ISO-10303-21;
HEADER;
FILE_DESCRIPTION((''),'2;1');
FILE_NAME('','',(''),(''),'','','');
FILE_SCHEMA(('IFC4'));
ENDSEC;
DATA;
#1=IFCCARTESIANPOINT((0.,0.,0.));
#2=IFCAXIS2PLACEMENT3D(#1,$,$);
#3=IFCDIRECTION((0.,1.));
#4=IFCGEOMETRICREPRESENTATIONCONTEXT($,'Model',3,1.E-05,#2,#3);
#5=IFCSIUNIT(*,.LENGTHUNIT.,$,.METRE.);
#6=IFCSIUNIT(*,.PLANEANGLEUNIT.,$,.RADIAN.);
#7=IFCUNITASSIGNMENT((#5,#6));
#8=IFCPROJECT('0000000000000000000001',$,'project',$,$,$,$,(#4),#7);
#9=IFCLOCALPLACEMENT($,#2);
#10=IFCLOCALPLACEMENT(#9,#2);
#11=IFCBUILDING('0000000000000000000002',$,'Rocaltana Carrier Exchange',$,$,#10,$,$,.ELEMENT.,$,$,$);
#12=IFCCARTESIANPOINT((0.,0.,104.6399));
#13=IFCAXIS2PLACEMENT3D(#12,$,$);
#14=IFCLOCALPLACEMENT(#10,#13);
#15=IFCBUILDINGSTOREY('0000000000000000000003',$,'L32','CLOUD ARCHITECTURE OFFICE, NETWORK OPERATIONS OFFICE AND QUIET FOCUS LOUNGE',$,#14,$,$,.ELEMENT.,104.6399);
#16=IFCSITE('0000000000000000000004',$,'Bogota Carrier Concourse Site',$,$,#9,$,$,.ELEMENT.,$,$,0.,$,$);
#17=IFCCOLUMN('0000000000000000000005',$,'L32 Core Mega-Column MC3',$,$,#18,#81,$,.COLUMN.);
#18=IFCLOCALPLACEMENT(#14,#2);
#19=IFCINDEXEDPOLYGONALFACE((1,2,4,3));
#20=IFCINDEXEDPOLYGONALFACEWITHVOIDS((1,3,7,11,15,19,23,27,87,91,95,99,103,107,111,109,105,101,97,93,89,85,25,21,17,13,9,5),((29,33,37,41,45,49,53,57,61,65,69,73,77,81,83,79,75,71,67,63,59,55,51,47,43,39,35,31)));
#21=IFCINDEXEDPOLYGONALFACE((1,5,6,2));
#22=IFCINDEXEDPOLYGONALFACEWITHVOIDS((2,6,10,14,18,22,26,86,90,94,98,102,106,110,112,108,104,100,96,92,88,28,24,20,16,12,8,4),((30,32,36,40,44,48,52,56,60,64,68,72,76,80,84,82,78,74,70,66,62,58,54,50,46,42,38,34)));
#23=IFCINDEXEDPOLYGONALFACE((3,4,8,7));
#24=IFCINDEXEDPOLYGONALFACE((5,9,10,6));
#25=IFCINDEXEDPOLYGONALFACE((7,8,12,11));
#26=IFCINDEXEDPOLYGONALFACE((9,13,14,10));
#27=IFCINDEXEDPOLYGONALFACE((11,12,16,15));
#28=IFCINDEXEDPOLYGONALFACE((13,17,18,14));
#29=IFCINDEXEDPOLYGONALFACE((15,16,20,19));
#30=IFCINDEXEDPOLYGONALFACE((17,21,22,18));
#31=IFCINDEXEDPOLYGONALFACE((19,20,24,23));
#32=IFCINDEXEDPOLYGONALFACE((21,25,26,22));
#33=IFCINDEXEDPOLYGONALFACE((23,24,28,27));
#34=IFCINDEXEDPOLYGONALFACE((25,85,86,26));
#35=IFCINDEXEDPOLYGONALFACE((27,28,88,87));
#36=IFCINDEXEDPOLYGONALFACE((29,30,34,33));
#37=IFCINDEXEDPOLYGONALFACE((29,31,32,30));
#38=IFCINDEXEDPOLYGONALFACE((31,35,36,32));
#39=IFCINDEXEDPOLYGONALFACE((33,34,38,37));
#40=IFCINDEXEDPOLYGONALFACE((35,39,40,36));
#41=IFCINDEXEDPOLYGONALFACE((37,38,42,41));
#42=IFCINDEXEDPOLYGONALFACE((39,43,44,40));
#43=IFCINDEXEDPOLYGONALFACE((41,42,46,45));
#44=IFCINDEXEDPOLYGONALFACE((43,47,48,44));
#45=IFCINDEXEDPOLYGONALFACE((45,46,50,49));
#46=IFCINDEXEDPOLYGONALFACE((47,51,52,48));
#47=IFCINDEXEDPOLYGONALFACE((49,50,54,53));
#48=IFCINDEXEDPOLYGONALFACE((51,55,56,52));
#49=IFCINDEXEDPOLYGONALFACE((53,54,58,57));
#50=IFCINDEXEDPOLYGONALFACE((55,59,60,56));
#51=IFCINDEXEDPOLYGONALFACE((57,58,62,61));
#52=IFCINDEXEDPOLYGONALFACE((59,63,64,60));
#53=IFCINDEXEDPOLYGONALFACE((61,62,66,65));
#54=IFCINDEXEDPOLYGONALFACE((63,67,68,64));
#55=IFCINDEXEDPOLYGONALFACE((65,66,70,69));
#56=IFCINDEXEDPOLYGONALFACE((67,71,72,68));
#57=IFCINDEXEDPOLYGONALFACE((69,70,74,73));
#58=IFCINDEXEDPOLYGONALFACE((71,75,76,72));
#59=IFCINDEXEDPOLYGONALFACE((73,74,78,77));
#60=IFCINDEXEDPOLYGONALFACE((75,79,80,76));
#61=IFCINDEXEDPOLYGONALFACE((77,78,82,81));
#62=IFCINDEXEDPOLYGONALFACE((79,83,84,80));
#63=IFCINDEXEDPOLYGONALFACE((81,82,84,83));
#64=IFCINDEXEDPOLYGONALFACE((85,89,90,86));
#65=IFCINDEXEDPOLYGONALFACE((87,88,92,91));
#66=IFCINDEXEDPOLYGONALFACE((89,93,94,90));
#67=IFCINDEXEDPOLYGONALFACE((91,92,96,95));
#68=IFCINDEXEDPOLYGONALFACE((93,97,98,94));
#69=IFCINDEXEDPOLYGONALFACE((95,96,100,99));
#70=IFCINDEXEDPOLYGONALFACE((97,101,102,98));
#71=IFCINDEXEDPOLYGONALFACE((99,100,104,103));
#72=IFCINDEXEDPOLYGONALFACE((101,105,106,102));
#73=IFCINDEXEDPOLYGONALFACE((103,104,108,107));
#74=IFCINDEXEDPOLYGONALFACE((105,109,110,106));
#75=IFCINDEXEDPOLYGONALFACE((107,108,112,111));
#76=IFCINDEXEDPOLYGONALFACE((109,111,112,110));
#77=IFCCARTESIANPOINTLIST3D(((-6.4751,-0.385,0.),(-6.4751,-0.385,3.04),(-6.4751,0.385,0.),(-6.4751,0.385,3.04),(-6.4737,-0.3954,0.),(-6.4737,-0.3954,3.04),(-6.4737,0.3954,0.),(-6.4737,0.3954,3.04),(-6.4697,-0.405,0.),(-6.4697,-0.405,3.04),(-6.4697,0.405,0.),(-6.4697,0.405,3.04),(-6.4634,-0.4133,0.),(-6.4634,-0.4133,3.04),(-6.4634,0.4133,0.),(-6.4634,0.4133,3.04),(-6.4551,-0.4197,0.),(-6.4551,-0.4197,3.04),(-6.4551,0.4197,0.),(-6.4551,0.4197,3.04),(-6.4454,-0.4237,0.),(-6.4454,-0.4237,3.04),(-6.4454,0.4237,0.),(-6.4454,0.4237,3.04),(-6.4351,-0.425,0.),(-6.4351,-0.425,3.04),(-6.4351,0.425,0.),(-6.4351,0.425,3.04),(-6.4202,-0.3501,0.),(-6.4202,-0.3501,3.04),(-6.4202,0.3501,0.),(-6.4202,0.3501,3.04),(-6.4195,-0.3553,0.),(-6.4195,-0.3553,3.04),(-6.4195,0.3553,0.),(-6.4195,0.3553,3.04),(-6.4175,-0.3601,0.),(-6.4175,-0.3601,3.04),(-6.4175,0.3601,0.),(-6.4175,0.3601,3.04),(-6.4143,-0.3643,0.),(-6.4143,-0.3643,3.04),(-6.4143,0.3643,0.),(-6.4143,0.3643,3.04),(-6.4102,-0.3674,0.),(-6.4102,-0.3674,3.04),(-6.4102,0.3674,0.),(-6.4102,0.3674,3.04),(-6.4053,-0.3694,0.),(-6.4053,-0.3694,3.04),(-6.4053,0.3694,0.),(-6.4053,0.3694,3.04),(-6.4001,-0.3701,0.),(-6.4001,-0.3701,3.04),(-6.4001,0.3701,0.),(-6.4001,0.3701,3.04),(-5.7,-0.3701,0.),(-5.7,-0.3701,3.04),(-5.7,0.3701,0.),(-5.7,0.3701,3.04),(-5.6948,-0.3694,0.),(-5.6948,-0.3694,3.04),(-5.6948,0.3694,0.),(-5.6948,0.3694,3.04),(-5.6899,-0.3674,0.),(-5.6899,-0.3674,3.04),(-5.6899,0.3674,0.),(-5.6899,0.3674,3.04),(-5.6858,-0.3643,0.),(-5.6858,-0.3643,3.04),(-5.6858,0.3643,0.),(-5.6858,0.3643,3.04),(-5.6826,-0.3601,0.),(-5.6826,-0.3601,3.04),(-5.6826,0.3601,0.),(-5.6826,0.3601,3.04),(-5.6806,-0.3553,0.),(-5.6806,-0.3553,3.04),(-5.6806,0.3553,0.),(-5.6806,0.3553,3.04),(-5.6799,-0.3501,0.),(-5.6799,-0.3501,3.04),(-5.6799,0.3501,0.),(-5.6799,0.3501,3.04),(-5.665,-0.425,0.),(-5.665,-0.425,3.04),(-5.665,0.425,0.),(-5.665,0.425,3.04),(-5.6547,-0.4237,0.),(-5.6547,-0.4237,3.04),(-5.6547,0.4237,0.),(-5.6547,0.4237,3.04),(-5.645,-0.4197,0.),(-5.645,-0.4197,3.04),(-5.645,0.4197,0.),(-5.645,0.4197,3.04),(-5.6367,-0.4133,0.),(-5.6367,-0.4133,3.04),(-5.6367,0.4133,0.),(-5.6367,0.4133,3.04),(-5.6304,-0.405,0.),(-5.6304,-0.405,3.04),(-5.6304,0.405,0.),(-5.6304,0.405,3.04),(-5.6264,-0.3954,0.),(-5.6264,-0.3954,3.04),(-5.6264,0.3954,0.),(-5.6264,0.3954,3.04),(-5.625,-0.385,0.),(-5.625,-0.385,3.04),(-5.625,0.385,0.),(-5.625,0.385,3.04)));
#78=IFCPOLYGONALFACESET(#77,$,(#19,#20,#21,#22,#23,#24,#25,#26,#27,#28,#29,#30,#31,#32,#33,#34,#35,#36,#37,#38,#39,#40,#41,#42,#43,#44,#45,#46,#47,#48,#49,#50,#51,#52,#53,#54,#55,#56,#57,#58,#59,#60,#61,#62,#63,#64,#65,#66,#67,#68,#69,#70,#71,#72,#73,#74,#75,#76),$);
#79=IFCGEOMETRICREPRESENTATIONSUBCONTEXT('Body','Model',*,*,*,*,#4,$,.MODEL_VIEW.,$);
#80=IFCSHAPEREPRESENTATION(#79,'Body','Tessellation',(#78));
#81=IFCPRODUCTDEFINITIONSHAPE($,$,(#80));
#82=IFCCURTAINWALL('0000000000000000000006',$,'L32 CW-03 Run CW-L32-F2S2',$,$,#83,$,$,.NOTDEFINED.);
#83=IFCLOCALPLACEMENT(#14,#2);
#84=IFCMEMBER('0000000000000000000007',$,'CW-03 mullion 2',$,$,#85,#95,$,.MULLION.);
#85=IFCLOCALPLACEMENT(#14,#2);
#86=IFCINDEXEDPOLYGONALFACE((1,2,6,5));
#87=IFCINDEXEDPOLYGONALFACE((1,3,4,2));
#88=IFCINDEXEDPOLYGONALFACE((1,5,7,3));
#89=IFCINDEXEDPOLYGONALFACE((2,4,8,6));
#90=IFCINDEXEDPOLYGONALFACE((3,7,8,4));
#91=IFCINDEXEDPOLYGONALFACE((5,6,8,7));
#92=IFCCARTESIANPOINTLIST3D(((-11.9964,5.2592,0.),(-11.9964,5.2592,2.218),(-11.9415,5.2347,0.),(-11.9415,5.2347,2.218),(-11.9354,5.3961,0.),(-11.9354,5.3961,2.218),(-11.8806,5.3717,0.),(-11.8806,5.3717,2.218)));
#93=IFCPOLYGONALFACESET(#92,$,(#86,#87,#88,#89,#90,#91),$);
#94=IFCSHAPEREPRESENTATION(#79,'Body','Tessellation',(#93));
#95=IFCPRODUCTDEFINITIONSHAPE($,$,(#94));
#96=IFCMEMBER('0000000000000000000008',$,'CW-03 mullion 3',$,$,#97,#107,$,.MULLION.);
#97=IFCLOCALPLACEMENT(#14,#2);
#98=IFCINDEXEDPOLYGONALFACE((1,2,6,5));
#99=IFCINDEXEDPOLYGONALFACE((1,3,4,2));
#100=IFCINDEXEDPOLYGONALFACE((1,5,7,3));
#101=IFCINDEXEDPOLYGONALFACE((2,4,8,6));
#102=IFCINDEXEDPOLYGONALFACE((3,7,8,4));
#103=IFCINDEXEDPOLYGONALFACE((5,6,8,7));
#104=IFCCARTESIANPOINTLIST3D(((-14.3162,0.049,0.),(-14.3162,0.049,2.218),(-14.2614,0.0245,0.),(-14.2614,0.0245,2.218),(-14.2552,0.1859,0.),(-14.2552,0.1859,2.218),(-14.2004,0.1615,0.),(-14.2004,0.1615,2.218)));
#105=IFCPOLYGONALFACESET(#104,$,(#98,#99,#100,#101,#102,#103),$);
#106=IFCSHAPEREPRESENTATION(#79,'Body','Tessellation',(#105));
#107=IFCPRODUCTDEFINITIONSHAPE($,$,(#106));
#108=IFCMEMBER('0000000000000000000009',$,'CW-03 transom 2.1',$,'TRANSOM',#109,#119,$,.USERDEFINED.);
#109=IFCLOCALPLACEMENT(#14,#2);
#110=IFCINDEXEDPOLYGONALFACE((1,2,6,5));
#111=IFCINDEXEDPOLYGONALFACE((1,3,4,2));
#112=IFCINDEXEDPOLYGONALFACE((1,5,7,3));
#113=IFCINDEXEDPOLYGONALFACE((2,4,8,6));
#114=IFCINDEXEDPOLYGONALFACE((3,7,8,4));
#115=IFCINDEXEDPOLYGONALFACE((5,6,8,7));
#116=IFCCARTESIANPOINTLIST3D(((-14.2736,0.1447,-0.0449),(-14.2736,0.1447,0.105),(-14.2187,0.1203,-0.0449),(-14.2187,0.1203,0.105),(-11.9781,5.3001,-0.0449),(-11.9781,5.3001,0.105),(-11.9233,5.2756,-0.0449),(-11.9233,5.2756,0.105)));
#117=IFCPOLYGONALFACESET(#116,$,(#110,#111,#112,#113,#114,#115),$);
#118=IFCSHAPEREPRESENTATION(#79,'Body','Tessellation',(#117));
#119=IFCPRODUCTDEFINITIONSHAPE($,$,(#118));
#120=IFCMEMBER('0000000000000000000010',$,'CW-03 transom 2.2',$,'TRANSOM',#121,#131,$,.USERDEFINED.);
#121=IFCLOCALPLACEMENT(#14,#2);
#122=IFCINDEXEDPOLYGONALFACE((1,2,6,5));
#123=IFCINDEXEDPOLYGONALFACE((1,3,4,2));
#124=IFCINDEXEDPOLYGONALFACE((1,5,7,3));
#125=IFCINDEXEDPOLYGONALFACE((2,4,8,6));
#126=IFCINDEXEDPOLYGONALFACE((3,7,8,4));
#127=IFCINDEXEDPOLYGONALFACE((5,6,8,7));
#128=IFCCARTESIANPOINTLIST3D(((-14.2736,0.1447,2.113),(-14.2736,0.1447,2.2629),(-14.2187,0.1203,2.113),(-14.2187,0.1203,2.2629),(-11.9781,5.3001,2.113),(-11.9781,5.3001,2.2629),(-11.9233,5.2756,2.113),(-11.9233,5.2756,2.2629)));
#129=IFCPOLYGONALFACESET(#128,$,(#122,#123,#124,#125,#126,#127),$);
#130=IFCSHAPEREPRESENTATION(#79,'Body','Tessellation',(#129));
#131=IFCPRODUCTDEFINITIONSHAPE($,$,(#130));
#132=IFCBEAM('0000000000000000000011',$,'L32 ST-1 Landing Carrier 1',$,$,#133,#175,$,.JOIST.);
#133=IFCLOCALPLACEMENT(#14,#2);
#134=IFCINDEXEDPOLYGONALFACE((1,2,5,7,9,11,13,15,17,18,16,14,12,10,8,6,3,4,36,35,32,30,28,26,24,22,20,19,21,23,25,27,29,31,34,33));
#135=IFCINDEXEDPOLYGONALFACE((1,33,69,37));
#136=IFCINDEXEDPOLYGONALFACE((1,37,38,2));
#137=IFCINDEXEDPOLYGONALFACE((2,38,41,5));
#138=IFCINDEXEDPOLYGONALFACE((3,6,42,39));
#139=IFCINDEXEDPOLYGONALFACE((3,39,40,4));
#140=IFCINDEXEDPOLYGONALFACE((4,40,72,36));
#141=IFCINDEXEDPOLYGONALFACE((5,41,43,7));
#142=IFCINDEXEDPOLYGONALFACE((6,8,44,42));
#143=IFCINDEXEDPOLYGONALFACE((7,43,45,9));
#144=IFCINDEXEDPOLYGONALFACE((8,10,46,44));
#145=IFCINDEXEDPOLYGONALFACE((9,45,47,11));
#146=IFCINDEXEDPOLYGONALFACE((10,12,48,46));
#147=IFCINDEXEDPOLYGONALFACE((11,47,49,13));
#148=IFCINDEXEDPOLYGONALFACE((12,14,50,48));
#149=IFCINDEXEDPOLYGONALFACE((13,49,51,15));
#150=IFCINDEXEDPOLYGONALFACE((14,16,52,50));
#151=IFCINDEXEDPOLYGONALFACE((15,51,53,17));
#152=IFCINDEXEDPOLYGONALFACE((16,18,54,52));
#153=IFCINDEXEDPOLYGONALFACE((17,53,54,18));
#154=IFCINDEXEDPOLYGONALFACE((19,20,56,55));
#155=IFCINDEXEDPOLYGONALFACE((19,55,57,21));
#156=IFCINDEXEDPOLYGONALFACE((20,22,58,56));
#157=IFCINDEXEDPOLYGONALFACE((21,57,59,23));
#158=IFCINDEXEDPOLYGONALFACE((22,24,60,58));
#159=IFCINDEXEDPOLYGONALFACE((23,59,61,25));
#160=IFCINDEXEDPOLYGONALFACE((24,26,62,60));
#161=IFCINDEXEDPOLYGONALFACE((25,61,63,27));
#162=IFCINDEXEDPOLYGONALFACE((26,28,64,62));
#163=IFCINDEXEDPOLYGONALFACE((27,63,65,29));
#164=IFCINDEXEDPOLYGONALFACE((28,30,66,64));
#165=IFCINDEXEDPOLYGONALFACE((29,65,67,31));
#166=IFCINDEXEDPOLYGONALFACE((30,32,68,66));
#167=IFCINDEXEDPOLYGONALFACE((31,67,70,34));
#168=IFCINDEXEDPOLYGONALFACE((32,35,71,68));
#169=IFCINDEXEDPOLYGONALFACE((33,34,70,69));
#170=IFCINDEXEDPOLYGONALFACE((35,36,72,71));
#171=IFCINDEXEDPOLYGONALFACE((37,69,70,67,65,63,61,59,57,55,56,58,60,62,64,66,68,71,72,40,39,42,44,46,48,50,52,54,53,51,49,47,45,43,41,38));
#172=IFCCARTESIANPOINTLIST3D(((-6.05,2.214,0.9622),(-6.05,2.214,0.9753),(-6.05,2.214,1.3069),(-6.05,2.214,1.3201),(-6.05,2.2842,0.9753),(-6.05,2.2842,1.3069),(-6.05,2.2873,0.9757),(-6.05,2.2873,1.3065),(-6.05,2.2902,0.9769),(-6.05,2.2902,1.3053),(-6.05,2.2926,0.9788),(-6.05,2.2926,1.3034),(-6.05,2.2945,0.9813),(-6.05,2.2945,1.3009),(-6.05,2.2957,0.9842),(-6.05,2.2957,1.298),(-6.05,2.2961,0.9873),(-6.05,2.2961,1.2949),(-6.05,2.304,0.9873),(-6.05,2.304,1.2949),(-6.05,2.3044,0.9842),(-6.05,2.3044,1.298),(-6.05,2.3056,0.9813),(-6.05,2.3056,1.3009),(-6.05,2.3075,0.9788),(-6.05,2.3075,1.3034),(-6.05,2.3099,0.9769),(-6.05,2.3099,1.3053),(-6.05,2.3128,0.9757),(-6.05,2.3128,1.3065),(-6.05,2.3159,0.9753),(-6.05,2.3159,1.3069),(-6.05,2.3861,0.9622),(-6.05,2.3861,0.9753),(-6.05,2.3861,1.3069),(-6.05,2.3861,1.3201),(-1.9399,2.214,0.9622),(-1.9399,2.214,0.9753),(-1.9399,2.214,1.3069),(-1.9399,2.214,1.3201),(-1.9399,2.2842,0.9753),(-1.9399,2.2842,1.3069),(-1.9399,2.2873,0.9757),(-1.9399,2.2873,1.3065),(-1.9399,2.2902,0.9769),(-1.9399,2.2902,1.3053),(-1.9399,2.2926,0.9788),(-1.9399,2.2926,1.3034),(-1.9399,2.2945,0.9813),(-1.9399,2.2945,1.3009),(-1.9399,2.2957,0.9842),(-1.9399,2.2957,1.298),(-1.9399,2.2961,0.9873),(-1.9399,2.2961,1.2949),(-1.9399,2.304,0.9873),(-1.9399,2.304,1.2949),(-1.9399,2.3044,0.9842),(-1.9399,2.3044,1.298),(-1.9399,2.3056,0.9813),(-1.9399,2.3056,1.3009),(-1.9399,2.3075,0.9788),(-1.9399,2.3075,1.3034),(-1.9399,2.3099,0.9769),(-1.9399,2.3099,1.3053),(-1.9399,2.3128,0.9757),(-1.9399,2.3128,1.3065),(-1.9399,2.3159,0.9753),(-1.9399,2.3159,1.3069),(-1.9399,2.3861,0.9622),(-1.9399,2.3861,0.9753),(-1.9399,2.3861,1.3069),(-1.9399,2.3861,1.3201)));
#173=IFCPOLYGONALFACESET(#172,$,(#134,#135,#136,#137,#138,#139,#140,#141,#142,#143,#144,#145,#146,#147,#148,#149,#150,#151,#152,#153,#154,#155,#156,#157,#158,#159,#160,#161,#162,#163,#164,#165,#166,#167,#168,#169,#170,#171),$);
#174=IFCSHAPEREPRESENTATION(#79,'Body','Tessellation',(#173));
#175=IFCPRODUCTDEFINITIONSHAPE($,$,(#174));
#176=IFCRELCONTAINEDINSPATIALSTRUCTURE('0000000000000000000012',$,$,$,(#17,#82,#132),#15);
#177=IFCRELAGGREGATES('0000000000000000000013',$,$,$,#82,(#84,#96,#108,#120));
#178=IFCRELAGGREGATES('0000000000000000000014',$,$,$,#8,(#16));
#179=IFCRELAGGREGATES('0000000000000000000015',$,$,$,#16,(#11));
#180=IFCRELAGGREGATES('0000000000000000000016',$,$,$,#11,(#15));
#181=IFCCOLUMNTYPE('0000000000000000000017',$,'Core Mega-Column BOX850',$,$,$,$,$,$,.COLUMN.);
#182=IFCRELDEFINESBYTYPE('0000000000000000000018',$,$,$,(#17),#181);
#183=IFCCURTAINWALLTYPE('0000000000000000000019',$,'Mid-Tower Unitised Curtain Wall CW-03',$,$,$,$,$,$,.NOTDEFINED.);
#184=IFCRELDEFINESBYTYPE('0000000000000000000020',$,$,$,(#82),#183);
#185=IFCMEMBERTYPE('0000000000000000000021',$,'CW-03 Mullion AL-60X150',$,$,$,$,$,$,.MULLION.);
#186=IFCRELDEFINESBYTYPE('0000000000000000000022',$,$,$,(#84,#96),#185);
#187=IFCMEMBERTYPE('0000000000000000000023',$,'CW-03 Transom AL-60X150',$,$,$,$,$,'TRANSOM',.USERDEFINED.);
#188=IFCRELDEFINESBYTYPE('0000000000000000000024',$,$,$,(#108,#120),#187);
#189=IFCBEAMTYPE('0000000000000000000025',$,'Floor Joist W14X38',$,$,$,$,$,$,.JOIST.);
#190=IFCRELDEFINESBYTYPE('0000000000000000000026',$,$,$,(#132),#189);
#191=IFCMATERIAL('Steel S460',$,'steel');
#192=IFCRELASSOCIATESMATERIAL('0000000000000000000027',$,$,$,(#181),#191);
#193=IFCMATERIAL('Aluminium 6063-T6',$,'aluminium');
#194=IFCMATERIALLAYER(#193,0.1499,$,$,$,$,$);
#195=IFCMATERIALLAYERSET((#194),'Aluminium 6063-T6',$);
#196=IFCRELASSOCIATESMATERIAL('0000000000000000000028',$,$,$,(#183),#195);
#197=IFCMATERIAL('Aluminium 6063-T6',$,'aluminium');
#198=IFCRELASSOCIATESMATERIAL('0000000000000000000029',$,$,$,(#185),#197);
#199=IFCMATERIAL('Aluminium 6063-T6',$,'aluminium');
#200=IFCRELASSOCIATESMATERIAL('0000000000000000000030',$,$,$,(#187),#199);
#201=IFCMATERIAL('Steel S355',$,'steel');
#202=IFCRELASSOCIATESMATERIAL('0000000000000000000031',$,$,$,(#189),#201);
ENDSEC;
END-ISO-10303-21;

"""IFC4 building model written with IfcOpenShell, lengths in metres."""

from ifc_helpers import new_model, si_unit, direction, frame, origin, origin_2d, place, context, subcontext, project, spatial, rectangle, hollow_rectangle, i_section, extrude, material, layer, layer_set, material_profile, profile_set, type_object, element, aggregate, save


model = new_model("IFC4")

# Units and contexts
model_context = context("Model", 3, precision=1e-05, world=origin(), true_north=direction((0.0, 1.0)))
body_context = subcontext(model_context, "Body", "Model", "MODEL_VIEW")
ifc_project = project(units=[si_unit("LENGTHUNIT", "METRE"), si_unit("PLANEANGLEUNIT", "RADIAN")], contexts=[model_context])

# Site, building, storey
site_placement = place(None, origin())
site = spatial("IfcSite", under=ifc_project, at=site_placement, Name="Bogota Carrier Concourse Site", CompositionType="ELEMENT", RefElevation=0.0)
building_placement = place(site_placement, origin())
building = spatial("IfcBuilding", under=site, at=building_placement, Name="Rocaltana Carrier Exchange", CompositionType="ELEMENT")
storey_placement = place(building_placement, frame((0.0, 0.0, 104.6399)))
storey = spatial("IfcBuildingStorey", under=building, at=storey_placement, Name="L32", Description="CLOUD ARCHITECTURE OFFICE, NETWORK OPERATIONS OFFICE AND QUIET FOCUS LOUNGE", CompositionType="ELEMENT", Elevation=104.6399)

# Column
ifc_material_1 = material(Name="Steel S460", Category="steel")
ifc_material_profile_1 = material_profile(ifc_material_1, hollow_rectangle(XDim=0.8501, YDim=0.8501, WallThickness=0.0549, InnerFilletRadius=0.02, OuterFilletRadius=0.04, at=origin_2d()), Name="BOX850X850X55")
ifc_profile_set_1 = profile_set([ifc_material_profile_1], Name="Steel S460")
column_type = type_object("IfcColumnType", Name="Core Mega-Column BOX850", PredefinedType="COLUMN", material=ifc_profile_set_1)
column_placement = place(storey_placement, frame((-6.05, 0.0, 0.0), z_axis=(0.0, 0.0, 1.0), x_axis=(1.0, 0.0, 0.0)))
element("IfcColumn", 1, at=column_placement, inside=storey, type_object=column_type, Name="L32 Core Mega-Column MC3", PredefinedType="COLUMN", context=body_context, shape_type="SweptSolid", body=[
    extrude(hollow_rectangle(XDim=0.8501, YDim=0.8501, WallThickness=0.0549, InnerFilletRadius=0.02, OuterFilletRadius=0.04, at=origin_2d()), origin(), (0.0, 0.0, 1.0), 3.04),
])

# Curtain wall, members
ifc_material_2 = material(Name="Aluminium 6063-T6", Category="aluminium")
ifc_layer_1 = layer(ifc_material_2, 0.1499)
ifc_layer_set_1 = layer_set([ifc_layer_1], Name="Aluminium 6063-T6")
curtain_wall_type = type_object("IfcCurtainWallType", Name="Mid-Tower Unitised Curtain Wall CW-03", PredefinedType="NOTDEFINED", material=ifc_layer_set_1)
curtain_wall_placement = place(storey_placement, origin())
curtain_wall = element("IfcCurtainWall", 2, at=curtain_wall_placement, inside=storey, type_object=curtain_wall_type, Name="L32 CW-03 Run CW-L32-F2S2", PredefinedType="NOTDEFINED")
ifc_material_3 = material(Name="Aluminium 6063-T6", Category="aluminium")
ifc_material_profile_2 = material_profile(ifc_material_3, rectangle(XDim=0.0601, YDim=0.1499, at=origin_2d()), Name="AL-60X150")
ifc_profile_set_2 = profile_set([ifc_material_profile_2], Name="Aluminium 6063-T6")
member_type_1 = type_object("IfcMemberType", Name="CW-03 Mullion AL-60X150", PredefinedType="MULLION", material=ifc_profile_set_2)
member_1_placement = place(storey_placement, frame((-11.9385, 5.3154, 0.0), z_axis=(0.0, 0.0, 1.0), x_axis=(0.913542, -0.406744, 0.0)))
member_1 = element("IfcMember", 3, at=member_1_placement, type_object=member_type_1, Name="CW-03 mullion 2", PredefinedType="MULLION", context=body_context, shape_type="SweptSolid", body=[
    extrude(rectangle(XDim=0.0601, YDim=0.1499, at=origin_2d()), origin(), (0.0, 0.0, 1.0), 2.218),
])
member_2_placement = place(storey_placement, frame((-14.2583, 0.1052, 0.0), z_axis=(0.0, 0.0, 1.0), x_axis=(0.913542, -0.406744, 0.0)))
member_2 = element("IfcMember", 4, at=member_2_placement, type_object=member_type_1, Name="CW-03 mullion 3", PredefinedType="MULLION", context=body_context, shape_type="SweptSolid", body=[
    extrude(rectangle(XDim=0.0601, YDim=0.1499, at=origin_2d()), origin(), (0.0, 0.0, 1.0), 2.218),
])
ifc_material_4 = material(Name="Aluminium 6063-T6", Category="aluminium")
ifc_material_profile_3 = material_profile(ifc_material_4, rectangle(XDim=0.0601, YDim=0.1499, at=origin_2d()), Name="AL-60X150")
ifc_profile_set_3 = profile_set([ifc_material_profile_3], Name="Aluminium 6063-T6")
member_type_2 = type_object("IfcMemberType", Name="CW-03 Transom AL-60X150", ElementType="TRANSOM", PredefinedType="USERDEFINED", material=ifc_profile_set_3)
member_3_placement = place(storey_placement, frame((-11.9507, 5.2878, 0.03), z_axis=(-0.406757, -0.913537, 0.0), x_axis=(0.913537, -0.406757, 0.0)))
member_3 = element("IfcMember", 5, at=member_3_placement, type_object=member_type_2, Name="CW-03 transom 2.1", ObjectType="TRANSOM", PredefinedType="USERDEFINED", context=body_context, shape_type="SweptSolid", body=[
    extrude(rectangle(XDim=0.0601, YDim=0.1499, at=origin_2d()), origin(), (0.0, 0.0, 1.0), 5.6433),
])
member_4_placement = place(storey_placement, frame((-11.9507, 5.2878, 2.188), z_axis=(-0.406757, -0.913537, 0.0), x_axis=(0.913537, -0.406757, 0.0)))
member_4 = element("IfcMember", 6, at=member_4_placement, type_object=member_type_2, Name="CW-03 transom 2.2", ObjectType="TRANSOM", PredefinedType="USERDEFINED", context=body_context, shape_type="SweptSolid", body=[
    extrude(rectangle(XDim=0.0601, YDim=0.1499, at=origin_2d()), origin(), (0.0, 0.0, 1.0), 5.6433),
])

# Beam
ifc_material_5 = material(Name="Steel S355", Category="steel")
ifc_material_profile_4 = material_profile(ifc_material_5, i_section(OverallWidth=0.1721, OverallDepth=0.3579, WebThickness=0.0078, FlangeThickness=0.0132, FilletRadius=0.012, at=origin_2d()), Name="W14X38")
ifc_profile_set_4 = profile_set([ifc_material_profile_4], Name="Steel S355")
beam_type_1 = type_object("IfcBeamType", Name="Floor Joist W14X38", PredefinedType="JOIST", material=ifc_profile_set_4)
beam_1_placement = place(storey_placement, frame((-6.05, 2.3, 1.1411), z_axis=(1.0, 0.0, 0.0), x_axis=(0.0, 1.0, 0.0)))
element("IfcBeam", 7, at=beam_1_placement, inside=storey, type_object=beam_type_1, Name="L32 ST-1 Landing Carrier 1", PredefinedType="JOIST", context=body_context, shape_type="SweptSolid", body=[
    extrude(i_section(OverallWidth=0.1721, OverallDepth=0.3579, WebThickness=0.0078, FlangeThickness=0.0132, FilletRadius=0.012, at=origin_2d()), origin(), (0.0, 0.0, 1.0), 4.1101),
])

aggregate(curtain_wall, [member_1, member_2, member_3, member_4])

save(model, "model.ifc")
